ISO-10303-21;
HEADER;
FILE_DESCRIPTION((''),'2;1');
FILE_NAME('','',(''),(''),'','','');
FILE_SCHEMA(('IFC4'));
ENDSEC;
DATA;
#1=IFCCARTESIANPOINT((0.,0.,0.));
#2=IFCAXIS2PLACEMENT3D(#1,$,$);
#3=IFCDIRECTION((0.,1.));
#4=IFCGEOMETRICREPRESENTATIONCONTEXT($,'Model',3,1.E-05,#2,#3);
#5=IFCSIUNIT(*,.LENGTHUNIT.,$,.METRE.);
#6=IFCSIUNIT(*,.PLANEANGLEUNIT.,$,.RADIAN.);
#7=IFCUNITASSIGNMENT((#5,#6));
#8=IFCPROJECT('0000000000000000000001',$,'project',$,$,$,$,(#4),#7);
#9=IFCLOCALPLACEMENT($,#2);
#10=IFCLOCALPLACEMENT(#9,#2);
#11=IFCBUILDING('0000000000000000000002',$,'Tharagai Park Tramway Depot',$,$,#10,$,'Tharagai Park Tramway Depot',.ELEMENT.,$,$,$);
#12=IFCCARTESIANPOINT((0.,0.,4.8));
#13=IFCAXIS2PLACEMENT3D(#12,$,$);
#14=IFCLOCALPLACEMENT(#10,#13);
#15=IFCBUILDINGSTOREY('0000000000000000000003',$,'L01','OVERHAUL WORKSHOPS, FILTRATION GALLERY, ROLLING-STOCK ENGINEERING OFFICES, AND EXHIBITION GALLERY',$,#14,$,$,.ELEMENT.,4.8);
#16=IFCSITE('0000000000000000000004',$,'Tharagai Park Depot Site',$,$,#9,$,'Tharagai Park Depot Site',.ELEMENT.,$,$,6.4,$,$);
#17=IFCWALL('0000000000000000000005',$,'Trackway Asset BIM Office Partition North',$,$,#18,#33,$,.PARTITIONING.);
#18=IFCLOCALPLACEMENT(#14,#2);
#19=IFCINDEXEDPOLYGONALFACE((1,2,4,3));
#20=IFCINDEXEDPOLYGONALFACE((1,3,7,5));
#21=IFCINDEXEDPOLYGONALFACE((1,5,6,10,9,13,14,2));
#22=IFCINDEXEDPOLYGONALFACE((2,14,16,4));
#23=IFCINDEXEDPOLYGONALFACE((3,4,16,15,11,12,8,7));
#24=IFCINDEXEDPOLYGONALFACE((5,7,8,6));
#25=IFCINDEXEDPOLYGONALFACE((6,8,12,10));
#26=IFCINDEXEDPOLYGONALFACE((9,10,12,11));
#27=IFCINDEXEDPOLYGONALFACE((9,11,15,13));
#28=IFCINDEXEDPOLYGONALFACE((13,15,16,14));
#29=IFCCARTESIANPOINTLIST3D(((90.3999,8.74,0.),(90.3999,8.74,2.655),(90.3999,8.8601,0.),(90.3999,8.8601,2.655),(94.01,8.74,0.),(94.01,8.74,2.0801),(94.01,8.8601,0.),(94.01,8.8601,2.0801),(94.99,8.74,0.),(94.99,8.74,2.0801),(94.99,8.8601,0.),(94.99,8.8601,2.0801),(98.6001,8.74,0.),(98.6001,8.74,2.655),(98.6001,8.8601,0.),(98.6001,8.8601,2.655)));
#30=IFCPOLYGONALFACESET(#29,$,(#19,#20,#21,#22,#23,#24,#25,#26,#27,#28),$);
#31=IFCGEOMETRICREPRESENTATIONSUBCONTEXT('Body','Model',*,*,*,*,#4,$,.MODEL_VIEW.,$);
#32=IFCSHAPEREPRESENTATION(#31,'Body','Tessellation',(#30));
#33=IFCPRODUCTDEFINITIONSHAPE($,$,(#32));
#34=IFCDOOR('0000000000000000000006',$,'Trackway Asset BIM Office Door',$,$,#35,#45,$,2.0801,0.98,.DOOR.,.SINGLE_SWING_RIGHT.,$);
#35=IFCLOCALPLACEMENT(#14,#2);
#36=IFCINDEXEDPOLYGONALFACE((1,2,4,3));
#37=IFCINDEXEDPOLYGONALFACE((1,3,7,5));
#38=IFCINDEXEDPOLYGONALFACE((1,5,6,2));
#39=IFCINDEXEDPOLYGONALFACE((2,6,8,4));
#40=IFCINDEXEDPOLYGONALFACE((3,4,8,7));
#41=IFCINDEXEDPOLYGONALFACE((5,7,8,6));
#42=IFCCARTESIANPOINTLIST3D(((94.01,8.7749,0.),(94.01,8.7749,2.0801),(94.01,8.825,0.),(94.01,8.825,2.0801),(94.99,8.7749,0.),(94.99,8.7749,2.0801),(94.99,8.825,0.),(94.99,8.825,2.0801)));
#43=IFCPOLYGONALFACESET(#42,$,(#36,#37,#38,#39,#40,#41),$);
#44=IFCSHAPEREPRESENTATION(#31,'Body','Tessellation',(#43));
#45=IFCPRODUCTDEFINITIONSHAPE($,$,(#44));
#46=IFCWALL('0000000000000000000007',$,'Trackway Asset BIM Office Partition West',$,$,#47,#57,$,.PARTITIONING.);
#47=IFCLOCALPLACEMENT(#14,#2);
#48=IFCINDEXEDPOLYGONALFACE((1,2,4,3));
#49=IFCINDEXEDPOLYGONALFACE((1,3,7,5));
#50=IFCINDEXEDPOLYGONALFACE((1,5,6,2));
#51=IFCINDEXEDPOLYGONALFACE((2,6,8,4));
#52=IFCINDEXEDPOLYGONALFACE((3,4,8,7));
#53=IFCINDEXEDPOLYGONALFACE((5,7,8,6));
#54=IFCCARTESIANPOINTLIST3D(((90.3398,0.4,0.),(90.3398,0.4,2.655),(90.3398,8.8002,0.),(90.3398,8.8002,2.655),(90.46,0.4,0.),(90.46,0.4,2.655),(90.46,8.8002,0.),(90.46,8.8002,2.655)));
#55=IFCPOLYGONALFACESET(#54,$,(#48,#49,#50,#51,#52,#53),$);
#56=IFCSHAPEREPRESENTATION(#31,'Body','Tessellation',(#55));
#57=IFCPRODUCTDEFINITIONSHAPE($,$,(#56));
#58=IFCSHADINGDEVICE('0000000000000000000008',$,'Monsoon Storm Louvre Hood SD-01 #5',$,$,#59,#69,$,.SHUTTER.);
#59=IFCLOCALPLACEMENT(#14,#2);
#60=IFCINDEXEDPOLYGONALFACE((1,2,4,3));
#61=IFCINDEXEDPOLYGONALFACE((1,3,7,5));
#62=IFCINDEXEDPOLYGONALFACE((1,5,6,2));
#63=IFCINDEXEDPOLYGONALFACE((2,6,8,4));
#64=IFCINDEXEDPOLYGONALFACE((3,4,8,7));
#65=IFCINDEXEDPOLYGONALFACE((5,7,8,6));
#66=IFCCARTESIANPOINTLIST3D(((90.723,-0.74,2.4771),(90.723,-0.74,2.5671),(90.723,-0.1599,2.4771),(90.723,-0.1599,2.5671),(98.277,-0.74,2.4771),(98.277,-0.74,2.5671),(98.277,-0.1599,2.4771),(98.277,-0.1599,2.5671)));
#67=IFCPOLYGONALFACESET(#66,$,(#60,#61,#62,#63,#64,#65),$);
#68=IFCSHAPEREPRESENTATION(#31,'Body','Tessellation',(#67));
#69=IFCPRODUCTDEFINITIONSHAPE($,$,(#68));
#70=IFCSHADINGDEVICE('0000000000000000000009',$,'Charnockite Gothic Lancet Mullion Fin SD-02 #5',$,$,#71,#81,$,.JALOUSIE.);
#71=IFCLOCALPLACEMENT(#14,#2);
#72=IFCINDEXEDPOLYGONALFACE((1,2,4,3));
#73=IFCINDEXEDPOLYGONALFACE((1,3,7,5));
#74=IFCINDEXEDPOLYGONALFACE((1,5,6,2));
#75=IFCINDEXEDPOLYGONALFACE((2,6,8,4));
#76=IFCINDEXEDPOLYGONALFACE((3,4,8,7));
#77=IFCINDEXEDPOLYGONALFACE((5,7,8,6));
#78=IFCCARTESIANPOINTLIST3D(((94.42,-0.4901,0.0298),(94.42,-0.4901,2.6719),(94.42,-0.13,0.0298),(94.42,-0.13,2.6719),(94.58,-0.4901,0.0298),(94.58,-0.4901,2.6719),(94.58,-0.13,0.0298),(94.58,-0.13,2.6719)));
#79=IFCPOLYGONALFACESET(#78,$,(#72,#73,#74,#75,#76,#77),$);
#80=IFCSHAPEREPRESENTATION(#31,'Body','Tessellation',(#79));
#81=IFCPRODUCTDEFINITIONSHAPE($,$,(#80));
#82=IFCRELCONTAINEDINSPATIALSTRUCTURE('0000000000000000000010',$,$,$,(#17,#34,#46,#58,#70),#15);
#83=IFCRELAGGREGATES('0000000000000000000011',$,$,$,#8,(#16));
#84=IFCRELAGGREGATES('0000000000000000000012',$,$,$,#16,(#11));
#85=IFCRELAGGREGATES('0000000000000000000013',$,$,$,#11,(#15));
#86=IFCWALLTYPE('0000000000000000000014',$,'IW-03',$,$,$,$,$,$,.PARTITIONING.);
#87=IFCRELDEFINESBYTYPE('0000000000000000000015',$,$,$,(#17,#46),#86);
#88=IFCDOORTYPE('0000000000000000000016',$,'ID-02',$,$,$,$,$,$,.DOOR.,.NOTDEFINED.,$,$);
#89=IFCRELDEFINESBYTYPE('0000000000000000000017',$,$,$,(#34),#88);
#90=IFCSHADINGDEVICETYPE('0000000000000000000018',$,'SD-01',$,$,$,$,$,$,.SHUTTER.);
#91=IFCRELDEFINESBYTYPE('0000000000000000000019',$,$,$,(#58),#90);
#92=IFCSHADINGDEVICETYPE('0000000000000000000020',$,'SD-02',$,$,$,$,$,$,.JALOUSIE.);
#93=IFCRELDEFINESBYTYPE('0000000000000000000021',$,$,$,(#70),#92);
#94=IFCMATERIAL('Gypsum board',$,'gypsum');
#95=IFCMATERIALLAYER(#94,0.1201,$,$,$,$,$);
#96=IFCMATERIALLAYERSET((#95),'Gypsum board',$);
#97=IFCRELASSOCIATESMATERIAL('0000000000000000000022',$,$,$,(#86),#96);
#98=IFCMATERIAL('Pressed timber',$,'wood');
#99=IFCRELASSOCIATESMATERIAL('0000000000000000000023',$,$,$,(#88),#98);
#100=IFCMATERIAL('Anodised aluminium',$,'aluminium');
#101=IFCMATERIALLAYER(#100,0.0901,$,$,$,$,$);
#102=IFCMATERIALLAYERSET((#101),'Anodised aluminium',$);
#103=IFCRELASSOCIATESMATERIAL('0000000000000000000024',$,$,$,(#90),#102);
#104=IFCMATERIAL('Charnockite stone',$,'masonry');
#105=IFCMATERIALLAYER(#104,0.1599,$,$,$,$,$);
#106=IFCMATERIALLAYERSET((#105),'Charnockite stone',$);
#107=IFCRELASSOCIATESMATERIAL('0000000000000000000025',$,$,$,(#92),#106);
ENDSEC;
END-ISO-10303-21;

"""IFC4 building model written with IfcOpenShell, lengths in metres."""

from ifc_helpers import new_model, si_unit, direction, frame, frame_2d, origin, origin_2d, place, context, subcontext, project, spatial, rectangle, extrude, material, layer, layer_set, type_object, element, fill, save


model = new_model("IFC4")

# Units and contexts
model_context = context("Model", 3, precision=1e-05, world=origin(), true_north=direction((0.0, 1.0)))
body_context = subcontext(model_context, "Body", "Model", "MODEL_VIEW")
ifc_project = project(units=[si_unit("LENGTHUNIT", "METRE"), si_unit("PLANEANGLEUNIT", "RADIAN")], contexts=[model_context])

# Site, building, storey
site_placement = place(None, origin())
site = spatial("IfcSite", under=ifc_project, at=site_placement, Name="Tharagai Park Depot Site", LongName="Tharagai Park Depot Site", CompositionType="ELEMENT", RefElevation=6.4)
building_placement = place(site_placement, origin())
building = spatial("IfcBuilding", under=site, at=building_placement, Name="Tharagai Park Tramway Depot", LongName="Tharagai Park Tramway Depot", CompositionType="ELEMENT")
storey_placement = place(building_placement, frame((0.0, 0.0, 4.8)))
storey = spatial("IfcBuildingStorey", under=building, at=storey_placement, Name="L01", Description="OVERHAUL WORKSHOPS, FILTRATION GALLERY, ROLLING-STOCK ENGINEERING OFFICES, AND EXHIBITION GALLERY", CompositionType="ELEMENT", Elevation=4.8)

# Wall, opening, door
ifc_material_1 = material(Name="Gypsum board", Category="gypsum")
ifc_layer_1 = layer(ifc_material_1, 0.1201)
ifc_layer_set_1 = layer_set([ifc_layer_1], Name="Gypsum board")
wall_type_1 = type_object("IfcWallType", Name="IW-03", PredefinedType="PARTITIONING", material=ifc_layer_set_1)
wall_1_placement = place(storey_placement, frame((90.3999, 8.8, 0.0), z_axis=(0.0, 0.0, 1.0), x_axis=(1.0, 0.0, 0.0)))
wall_1 = element("IfcWall", 1, at=wall_1_placement, inside=storey, type_object=wall_type_1, Name="Trackway Asset BIM Office Partition North", PredefinedType="PARTITIONING", context=body_context, shape_type="SweptSolid", body=[
    extrude(rectangle(XDim=8.2002, YDim=0.1201, at=frame_2d((4.1001, 0.0))), origin(), (0.0, 0.0, 1.0), 2.655),
])
opening_1_placement = place(wall_1_placement, frame((3.6101, 0.0, 0.0)))
opening_1 = element("IfcOpeningElement", 2, at=opening_1_placement, cuts=wall_1, PredefinedType="OPENING", context=body_context, shape_type="SweptSolid", body=[
    extrude(rectangle(XDim=0.98, YDim=2.0801, at=frame_2d((0.49, 1.04))), frame((0.0, 0.0701, 0.0), z_axis=(0.0, -1.0, 0.0), x_axis=(1.0, 0.0, 0.0)), (0.0, 0.0, 1.0), 0.1401),
])
ifc_material_2 = material(Name="Pressed timber", Category="wood")
door_type = type_object("IfcDoorType", Name="ID-02", OperationType="NOTDEFINED", PredefinedType="DOOR", material=ifc_material_2)
door_placement = place(opening_1_placement, origin())
door = element("IfcDoor", 3, at=door_placement, inside=storey, type_object=door_type, Name="Trackway Asset BIM Office Door", OperationType="SINGLE_SWING_RIGHT", OverallHeight=2.0801, OverallWidth=0.98, PredefinedType="DOOR", context=body_context, shape_type="SweptSolid", body=[
    extrude(rectangle(XDim=0.98, YDim=2.0801, at=frame_2d((0.49, 1.04))), frame((0.0, 0.0249, 0.0), z_axis=(0.0, -1.0, 0.0), x_axis=(1.0, 0.0, 0.0)), (0.0, 0.0, 1.0), 0.05),
])
fill(opening_1, door)

# Wall
wall_2_placement = place(storey_placement, frame((90.3999, 0.3999, 0.0), z_axis=(0.0, 0.0, 1.0), x_axis=(0.0, 1.0, 0.0)))
element("IfcWall", 4, at=wall_2_placement, inside=storey, type_object=wall_type_1, Name="Trackway Asset BIM Office Partition West", PredefinedType="PARTITIONING", context=body_context, shape_type="SweptSolid", body=[
    extrude(rectangle(XDim=8.4001, YDim=0.1201, at=frame_2d((4.2002, 0.0))), origin(), (0.0, 0.0, 1.0), 2.655),
])

# Shading devices
ifc_material_3 = material(Name="Anodised aluminium", Category="aluminium")
ifc_layer_2 = layer(ifc_material_3, 0.0901)
ifc_layer_set_2 = layer_set([ifc_layer_2], Name="Anodised aluminium")
shading_device_type_1 = type_object("IfcShadingDeviceType", Name="SD-01", PredefinedType="SHUTTER", material=ifc_layer_set_2)
shading_device_1_placement = place(storey_placement, frame((94.5, -0.45, 2.4771), z_axis=(0.0, 0.0, 1.0), x_axis=(1.0, 0.0, 0.0)))
element("IfcShadingDevice", 5, at=shading_device_1_placement, inside=storey, type_object=shading_device_type_1, Name="Monsoon Storm Louvre Hood SD-01 #5", PredefinedType="SHUTTER", context=body_context, shape_type="SweptSolid", body=[
    extrude(rectangle(XDim=7.554, YDim=0.5801, at=origin_2d()), origin(), (0.0, 0.0, 1.0), 0.0901),
])
ifc_material_4 = material(Name="Charnockite stone", Category="masonry")
ifc_layer_3 = layer(ifc_material_4, 0.1599)
ifc_layer_set_3 = layer_set([ifc_layer_3], Name="Charnockite stone")
shading_device_type_2 = type_object("IfcShadingDeviceType", Name="SD-02", PredefinedType="JALOUSIE", material=ifc_layer_set_3)
shading_device_2_placement = place(storey_placement, frame((94.5, -0.3101, 0.0298), z_axis=(0.0, 0.0, 1.0), x_axis=(1.0, 0.0, 0.0)))
element("IfcShadingDevice", 6, at=shading_device_2_placement, inside=storey, type_object=shading_device_type_2, Name="Charnockite Gothic Lancet Mullion Fin SD-02 #5", PredefinedType="JALOUSIE", context=body_context, shape_type="SweptSolid", body=[
    extrude(rectangle(XDim=0.1599, YDim=0.3601, at=origin_2d()), origin(), (0.0, 0.0, 1.0), 2.6421),
])

save(model, "model.ifc")
